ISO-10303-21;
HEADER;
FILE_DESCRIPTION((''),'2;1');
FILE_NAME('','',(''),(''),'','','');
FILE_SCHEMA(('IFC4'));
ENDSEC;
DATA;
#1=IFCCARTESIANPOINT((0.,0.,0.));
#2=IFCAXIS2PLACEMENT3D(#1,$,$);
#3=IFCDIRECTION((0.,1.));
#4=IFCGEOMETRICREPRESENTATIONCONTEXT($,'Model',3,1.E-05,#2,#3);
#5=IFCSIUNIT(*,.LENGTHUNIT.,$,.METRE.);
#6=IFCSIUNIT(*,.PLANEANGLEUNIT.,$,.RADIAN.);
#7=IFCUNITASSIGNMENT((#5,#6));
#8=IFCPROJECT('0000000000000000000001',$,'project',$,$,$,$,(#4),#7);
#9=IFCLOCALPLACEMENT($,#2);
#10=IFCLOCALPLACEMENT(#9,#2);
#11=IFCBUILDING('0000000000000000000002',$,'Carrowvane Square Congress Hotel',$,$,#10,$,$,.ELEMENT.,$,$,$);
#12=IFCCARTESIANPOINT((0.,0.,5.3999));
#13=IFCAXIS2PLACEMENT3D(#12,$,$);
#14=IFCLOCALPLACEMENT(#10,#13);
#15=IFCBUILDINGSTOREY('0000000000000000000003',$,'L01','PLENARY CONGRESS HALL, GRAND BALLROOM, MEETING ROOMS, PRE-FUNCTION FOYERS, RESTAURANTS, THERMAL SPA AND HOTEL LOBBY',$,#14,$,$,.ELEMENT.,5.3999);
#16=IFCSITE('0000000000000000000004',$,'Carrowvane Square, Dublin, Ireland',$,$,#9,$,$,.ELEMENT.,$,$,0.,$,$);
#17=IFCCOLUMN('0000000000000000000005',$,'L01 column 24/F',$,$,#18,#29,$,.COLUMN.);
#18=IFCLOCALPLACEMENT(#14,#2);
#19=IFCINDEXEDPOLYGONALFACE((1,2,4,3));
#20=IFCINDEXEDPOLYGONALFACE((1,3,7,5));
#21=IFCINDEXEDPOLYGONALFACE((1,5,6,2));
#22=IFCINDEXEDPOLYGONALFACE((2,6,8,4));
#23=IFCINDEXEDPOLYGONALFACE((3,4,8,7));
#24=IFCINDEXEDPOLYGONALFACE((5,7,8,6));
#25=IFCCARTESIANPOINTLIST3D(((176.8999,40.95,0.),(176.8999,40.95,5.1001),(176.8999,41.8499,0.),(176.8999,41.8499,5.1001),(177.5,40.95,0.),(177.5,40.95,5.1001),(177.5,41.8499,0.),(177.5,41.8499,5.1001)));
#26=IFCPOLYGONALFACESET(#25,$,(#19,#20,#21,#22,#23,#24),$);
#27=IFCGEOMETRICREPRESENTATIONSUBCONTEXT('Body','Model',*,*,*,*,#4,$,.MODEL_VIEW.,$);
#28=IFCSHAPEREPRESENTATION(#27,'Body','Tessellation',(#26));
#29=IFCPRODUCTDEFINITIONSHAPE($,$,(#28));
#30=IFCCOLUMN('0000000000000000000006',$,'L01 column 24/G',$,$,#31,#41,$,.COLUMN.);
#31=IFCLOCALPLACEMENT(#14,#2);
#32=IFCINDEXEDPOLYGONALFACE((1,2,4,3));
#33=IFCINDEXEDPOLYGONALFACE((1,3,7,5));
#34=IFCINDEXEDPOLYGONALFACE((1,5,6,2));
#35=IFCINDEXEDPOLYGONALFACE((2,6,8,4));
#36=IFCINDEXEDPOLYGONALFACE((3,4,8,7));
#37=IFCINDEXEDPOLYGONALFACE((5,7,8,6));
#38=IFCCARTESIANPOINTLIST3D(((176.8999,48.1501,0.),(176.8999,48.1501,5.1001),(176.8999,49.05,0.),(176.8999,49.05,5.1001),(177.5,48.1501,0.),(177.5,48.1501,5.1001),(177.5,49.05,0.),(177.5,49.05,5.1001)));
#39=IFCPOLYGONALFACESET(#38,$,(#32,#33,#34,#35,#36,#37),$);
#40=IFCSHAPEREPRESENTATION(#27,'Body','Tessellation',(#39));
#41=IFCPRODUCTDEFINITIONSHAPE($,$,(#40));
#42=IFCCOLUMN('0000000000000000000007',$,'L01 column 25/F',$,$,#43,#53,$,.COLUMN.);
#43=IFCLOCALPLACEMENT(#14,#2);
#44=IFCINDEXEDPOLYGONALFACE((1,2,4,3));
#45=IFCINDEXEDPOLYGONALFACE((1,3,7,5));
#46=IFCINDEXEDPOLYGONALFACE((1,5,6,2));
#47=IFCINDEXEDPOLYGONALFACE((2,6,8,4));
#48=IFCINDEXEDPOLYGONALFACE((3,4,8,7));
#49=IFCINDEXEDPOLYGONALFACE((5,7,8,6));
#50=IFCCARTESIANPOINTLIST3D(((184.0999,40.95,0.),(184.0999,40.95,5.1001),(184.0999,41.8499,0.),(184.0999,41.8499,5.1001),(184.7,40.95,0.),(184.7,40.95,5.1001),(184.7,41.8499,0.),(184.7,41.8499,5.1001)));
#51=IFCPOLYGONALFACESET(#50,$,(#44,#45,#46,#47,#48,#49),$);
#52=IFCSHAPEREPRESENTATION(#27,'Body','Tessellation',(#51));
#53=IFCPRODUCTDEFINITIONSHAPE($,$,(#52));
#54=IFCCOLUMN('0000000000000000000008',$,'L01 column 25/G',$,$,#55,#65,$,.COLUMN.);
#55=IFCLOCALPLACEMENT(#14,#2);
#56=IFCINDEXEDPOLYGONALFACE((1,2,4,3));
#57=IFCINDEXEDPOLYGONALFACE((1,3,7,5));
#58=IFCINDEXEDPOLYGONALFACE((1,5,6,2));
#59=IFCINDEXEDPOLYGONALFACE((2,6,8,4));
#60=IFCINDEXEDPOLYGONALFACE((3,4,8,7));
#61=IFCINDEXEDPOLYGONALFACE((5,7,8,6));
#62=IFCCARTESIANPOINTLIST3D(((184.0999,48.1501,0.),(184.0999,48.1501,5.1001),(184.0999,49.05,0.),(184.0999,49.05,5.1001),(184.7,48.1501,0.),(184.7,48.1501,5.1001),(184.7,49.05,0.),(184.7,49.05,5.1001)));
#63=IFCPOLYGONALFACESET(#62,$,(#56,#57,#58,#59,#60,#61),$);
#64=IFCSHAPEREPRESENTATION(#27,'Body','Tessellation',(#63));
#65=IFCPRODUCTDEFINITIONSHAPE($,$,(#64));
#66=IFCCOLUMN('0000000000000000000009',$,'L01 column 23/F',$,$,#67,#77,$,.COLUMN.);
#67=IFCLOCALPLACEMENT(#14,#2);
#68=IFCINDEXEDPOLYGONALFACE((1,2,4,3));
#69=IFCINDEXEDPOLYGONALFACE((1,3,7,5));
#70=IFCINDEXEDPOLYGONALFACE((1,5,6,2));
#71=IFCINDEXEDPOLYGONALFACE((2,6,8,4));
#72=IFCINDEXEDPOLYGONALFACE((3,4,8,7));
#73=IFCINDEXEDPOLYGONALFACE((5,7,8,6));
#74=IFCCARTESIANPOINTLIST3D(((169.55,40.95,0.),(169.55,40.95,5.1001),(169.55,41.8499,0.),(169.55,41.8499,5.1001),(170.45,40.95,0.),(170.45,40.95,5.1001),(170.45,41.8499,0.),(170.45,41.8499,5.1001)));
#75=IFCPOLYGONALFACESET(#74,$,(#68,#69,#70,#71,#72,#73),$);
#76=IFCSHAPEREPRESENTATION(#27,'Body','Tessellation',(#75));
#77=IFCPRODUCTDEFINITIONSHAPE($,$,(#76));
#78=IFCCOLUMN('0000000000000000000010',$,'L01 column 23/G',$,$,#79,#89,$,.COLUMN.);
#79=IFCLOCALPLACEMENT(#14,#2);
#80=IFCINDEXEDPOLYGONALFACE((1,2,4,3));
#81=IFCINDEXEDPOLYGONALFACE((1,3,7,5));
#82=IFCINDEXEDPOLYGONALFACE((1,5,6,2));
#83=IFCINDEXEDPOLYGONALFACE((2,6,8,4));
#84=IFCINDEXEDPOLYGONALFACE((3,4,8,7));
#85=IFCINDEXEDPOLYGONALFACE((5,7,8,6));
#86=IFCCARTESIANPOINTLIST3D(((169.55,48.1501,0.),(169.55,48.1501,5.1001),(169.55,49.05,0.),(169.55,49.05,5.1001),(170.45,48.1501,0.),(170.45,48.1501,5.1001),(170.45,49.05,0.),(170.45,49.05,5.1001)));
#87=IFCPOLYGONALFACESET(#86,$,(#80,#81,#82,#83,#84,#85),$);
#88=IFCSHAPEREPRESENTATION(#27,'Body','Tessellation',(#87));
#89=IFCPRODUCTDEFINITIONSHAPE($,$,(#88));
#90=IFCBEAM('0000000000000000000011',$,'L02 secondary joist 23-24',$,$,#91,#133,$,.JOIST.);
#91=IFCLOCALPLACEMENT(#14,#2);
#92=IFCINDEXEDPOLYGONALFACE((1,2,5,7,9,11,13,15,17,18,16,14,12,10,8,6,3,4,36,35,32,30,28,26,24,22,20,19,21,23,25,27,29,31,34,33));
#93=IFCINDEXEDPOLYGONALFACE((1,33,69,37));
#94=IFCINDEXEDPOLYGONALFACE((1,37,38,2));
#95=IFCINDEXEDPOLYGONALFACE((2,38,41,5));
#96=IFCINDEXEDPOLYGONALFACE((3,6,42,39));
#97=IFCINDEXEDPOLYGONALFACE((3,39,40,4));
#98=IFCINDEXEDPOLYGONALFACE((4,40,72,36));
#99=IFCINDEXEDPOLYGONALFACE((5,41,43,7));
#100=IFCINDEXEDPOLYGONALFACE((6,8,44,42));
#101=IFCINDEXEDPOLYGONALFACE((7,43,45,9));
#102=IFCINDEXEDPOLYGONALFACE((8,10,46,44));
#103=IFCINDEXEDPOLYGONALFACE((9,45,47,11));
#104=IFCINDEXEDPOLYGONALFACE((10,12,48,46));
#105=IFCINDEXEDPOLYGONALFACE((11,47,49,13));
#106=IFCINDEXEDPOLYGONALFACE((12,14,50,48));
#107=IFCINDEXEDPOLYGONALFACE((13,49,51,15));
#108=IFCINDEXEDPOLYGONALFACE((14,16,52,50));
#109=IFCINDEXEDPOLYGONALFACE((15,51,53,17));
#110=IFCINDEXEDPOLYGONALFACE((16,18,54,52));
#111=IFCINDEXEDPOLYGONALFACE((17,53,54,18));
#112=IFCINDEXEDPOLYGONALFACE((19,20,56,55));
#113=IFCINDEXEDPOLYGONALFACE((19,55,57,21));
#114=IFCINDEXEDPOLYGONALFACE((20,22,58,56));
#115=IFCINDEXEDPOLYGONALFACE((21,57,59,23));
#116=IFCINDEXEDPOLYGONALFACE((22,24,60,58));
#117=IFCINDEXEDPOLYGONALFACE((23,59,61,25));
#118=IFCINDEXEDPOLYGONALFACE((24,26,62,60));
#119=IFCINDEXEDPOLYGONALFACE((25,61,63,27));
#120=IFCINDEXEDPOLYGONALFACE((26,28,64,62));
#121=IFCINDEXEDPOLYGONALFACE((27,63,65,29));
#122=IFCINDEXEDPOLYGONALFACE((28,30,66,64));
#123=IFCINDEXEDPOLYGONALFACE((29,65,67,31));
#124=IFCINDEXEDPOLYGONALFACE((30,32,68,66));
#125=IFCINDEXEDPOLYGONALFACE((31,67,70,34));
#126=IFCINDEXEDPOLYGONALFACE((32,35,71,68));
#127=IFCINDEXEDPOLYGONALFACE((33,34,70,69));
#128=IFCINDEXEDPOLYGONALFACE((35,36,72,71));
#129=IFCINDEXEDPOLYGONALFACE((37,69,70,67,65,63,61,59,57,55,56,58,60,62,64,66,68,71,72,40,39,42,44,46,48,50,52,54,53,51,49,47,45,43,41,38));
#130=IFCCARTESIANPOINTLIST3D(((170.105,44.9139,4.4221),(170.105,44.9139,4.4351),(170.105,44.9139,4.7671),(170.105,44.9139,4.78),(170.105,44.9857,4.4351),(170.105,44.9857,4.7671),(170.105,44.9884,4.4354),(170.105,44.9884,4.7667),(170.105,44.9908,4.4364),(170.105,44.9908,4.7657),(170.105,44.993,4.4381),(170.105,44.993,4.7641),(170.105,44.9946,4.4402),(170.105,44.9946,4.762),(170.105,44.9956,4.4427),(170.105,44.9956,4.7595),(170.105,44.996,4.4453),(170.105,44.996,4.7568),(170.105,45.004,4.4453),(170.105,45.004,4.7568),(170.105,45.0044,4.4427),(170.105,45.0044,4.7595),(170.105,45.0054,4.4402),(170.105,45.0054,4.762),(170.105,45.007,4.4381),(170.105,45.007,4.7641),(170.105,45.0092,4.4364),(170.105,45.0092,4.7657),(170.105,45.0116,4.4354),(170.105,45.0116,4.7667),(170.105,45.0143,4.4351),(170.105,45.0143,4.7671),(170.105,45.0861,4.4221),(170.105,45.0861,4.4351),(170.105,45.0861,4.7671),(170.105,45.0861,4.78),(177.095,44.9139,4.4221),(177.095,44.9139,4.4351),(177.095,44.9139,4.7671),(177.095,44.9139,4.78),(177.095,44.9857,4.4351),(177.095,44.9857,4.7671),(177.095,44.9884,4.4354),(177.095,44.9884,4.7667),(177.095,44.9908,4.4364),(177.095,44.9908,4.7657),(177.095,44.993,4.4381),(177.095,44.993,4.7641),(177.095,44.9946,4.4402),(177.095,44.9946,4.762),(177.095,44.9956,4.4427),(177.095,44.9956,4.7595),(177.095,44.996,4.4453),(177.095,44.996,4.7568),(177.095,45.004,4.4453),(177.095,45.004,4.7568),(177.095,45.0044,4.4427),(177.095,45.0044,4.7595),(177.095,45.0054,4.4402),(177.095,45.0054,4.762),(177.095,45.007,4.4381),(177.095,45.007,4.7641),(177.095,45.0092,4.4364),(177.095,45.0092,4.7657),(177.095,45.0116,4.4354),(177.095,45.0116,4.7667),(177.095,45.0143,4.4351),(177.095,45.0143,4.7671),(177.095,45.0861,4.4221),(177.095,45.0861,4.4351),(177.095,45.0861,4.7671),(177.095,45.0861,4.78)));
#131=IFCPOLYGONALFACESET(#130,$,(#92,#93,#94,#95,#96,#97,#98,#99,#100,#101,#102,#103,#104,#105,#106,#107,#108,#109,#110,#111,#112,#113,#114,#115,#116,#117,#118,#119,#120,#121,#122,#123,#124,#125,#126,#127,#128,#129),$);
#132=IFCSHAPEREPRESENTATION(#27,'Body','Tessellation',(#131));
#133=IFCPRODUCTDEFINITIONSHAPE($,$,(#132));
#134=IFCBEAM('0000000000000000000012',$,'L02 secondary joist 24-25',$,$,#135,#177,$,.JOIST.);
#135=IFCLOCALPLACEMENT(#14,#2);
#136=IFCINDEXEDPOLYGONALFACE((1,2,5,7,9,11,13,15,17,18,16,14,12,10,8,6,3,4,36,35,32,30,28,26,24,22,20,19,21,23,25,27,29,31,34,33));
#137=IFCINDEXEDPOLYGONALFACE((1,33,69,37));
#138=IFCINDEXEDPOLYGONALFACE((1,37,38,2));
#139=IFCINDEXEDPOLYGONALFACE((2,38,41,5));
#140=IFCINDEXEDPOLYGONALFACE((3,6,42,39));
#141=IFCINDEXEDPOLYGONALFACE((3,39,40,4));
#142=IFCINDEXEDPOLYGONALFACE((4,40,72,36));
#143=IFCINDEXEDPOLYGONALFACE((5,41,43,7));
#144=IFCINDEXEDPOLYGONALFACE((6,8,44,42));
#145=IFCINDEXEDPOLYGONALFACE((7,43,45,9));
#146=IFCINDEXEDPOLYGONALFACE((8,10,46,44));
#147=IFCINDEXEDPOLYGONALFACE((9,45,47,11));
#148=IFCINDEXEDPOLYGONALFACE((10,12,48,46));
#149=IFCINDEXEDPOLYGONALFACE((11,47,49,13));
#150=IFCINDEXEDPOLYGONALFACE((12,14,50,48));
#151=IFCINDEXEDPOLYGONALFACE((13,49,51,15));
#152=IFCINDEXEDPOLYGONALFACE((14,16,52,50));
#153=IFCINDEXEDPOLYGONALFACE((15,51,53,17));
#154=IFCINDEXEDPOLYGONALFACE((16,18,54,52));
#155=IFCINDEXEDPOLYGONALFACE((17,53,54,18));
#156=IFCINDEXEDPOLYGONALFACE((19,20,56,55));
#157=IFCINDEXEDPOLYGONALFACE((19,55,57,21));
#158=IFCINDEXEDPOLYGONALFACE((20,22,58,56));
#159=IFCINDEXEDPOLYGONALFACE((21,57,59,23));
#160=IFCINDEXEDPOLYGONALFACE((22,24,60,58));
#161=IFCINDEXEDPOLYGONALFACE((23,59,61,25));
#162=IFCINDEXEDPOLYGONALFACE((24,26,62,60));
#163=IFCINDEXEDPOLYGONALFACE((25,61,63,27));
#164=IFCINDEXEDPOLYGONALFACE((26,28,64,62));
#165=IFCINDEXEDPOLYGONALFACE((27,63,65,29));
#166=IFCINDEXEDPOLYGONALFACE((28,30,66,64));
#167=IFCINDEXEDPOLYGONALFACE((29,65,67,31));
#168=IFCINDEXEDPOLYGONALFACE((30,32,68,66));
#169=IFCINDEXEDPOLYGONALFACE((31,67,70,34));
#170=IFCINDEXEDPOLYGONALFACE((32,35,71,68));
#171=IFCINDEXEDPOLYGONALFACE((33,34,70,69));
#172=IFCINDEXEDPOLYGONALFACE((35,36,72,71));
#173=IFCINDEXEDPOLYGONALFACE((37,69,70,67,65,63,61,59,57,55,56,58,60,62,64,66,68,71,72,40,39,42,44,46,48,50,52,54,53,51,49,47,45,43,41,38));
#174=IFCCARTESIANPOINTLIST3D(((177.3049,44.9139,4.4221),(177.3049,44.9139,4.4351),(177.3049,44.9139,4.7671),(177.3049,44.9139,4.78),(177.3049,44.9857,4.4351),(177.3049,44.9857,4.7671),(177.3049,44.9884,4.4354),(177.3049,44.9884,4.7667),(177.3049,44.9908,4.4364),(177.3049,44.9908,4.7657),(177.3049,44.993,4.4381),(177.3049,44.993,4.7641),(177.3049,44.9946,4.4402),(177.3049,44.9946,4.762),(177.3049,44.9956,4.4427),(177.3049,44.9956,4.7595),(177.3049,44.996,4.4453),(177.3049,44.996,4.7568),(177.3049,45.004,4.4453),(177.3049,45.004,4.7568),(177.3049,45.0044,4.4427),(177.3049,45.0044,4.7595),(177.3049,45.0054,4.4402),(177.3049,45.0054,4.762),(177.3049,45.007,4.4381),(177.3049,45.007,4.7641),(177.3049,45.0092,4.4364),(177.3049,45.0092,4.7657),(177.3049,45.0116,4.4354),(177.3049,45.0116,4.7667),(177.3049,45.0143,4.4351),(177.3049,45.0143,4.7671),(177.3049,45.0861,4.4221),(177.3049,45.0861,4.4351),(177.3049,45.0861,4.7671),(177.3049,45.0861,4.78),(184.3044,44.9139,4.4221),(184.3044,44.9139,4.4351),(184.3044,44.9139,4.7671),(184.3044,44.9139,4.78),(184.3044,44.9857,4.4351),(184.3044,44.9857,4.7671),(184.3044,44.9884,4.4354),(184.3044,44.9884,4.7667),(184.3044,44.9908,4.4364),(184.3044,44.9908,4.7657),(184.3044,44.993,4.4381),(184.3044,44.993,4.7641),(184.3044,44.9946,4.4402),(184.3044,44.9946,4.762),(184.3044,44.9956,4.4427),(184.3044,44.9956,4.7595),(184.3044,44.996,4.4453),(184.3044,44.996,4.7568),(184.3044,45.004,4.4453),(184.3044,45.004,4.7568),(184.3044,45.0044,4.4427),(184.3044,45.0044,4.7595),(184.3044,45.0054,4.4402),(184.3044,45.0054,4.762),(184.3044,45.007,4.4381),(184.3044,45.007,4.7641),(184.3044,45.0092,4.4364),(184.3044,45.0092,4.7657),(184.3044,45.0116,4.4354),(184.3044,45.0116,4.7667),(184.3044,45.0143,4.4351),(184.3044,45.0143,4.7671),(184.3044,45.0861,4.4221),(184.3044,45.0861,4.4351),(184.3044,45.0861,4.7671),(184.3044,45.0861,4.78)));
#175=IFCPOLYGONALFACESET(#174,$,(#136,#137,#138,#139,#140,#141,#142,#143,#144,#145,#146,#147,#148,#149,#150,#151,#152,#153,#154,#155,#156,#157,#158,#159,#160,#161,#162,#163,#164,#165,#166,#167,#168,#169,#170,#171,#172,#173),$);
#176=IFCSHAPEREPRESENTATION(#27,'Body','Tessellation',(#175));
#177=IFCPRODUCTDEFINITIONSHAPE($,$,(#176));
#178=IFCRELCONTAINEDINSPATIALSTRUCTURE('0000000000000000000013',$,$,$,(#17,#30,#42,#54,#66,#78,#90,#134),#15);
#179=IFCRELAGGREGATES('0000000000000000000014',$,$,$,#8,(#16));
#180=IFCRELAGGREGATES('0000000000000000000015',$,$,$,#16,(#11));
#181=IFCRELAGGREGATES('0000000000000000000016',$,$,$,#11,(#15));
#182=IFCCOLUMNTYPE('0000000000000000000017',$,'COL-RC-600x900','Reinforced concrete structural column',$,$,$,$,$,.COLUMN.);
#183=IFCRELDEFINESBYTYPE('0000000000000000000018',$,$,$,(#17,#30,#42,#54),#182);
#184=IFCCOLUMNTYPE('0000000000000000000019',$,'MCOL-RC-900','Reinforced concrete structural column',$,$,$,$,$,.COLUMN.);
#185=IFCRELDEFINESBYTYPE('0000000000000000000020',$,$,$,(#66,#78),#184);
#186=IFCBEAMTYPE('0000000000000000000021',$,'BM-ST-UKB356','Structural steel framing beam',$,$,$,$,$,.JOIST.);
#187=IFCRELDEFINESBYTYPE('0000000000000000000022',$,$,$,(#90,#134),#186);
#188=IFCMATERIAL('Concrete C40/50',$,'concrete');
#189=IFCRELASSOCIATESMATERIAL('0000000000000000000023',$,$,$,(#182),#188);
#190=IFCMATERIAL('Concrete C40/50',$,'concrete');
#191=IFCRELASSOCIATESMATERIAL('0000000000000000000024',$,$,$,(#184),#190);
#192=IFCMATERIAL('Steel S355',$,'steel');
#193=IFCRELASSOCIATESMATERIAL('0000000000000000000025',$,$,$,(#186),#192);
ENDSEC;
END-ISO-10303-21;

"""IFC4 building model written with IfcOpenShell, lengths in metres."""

from ifc_helpers import new_model, si_unit, direction, frame, origin, origin_2d, place, context, subcontext, project, spatial, rectangle, i_section, extrude, material, material_profile, profile_set, type_object, element, save


model = new_model("IFC4")

# Units and contexts
model_context = context("Model", 3, precision=1e-05, world=origin(), true_north=direction((0.0, 1.0)))
body_context = subcontext(model_context, "Body", "Model", "MODEL_VIEW")
ifc_project = project(units=[si_unit("LENGTHUNIT", "METRE"), si_unit("PLANEANGLEUNIT", "RADIAN")], contexts=[model_context])

# Site, building, storey
site_placement = place(None, origin())
site = spatial("IfcSite", under=ifc_project, at=site_placement, Name="Carrowvane Square, Dublin, Ireland", CompositionType="ELEMENT", RefElevation=0.0)
building_placement = place(site_placement, origin())
building = spatial("IfcBuilding", under=site, at=building_placement, Name="Carrowvane Square Congress Hotel", CompositionType="ELEMENT")
storey_placement = place(building_placement, frame((0.0, 0.0, 5.3999)))
storey = spatial("IfcBuildingStorey", under=building, at=storey_placement, Name="L01", Description="PLENARY CONGRESS HALL, GRAND BALLROOM, MEETING ROOMS, PRE-FUNCTION FOYERS, RESTAURANTS, THERMAL SPA AND HOTEL LOBBY", CompositionType="ELEMENT", Elevation=5.3999)

# Columns
ifc_material_1 = material(Name="Concrete C40/50", Category="concrete")
ifc_material_profile_1 = material_profile(ifc_material_1, rectangle(XDim=0.6001, YDim=0.8999, at=origin_2d()), Name="RC 600x900")
ifc_profile_set_1 = profile_set([ifc_material_profile_1], Name="Concrete C40/50")
column_type_1 = type_object("IfcColumnType", Name="COL-RC-600x900", Description="Reinforced concrete structural column", PredefinedType="COLUMN", material=ifc_profile_set_1)
for number, where, z_axis, x_axis, name in (
    (1, (177.2, 41.3999, 0.0), (0.0, 0.0, 1.0), (1.0, 0.0, 0.0), "L01 column 24/F"),
    (2, (177.2, 48.6001, 0.0), (0.0, 0.0, 1.0), (1.0, 0.0, 0.0), "L01 column 24/G"),
    (3, (184.3999, 41.3999, 0.0), (0.0, 0.0, 1.0), (1.0, 0.0, 0.0), "L01 column 25/F"),
    (4, (184.3999, 48.6001, 0.0), (0.0, 0.0, 1.0), (1.0, 0.0, 0.0), "L01 column 25/G"),
):
    element("IfcColumn", number, at=place(storey_placement, frame(where, z_axis=z_axis, x_axis=x_axis)), inside=storey, type_object=column_type_1, Name=name, PredefinedType="COLUMN", context=body_context, shape_type="SweptSolid", body=[
        extrude(rectangle(XDim=0.6001, YDim=0.8999, at=origin_2d()), origin(), (0.0, 0.0, 1.0), 5.1001),
    ])
ifc_material_2 = material(Name="Concrete C40/50", Category="concrete")
ifc_material_profile_2 = material_profile(ifc_material_2, rectangle(XDim=0.8999, YDim=0.8999, at=origin_2d()), Name="RC 900x900")
ifc_profile_set_2 = profile_set([ifc_material_profile_2], Name="Concrete C40/50")
column_type_2 = type_object("IfcColumnType", Name="MCOL-RC-900", Description="Reinforced concrete structural column", PredefinedType="COLUMN", material=ifc_profile_set_2)
for number, where, z_axis, x_axis, name in (
    (5, (170.0, 41.3999, 0.0), (0.0, 0.0, 1.0), (1.0, 0.0, 0.0), "L01 column 23/F"),
    (6, (170.0, 48.6001, 0.0), (0.0, 0.0, 1.0), (1.0, 0.0, 0.0), "L01 column 23/G"),
):
    element("IfcColumn", number, at=place(storey_placement, frame(where, z_axis=z_axis, x_axis=x_axis)), inside=storey, type_object=column_type_2, Name=name, PredefinedType="COLUMN", context=body_context, shape_type="SweptSolid", body=[
        extrude(rectangle(XDim=0.8999, YDim=0.8999, at=origin_2d()), origin(), (0.0, 0.0, 1.0), 5.1001),
    ])

# Beams
ifc_material_3 = material(Name="Steel S355", Category="steel")
ifc_material_profile_3 = material_profile(ifc_material_3, i_section(OverallWidth=0.1721, OverallDepth=0.3579, WebThickness=0.0081, FlangeThickness=0.0129, FilletRadius=0.0103, at=origin_2d()), Name="UKB 356x171x57")
ifc_profile_set_3 = profile_set([ifc_material_profile_3], Name="Steel S355")
beam_type_1 = type_object("IfcBeamType", Name="BM-ST-UKB356", Description="Structural steel framing beam", PredefinedType="JOIST", material=ifc_profile_set_3)
beam_1_placement = place(storey_placement, frame((170.105, 45.0, 4.6011), z_axis=(1.0, 0.0, 0.0), x_axis=(0.0, 1.0, 0.0)))
element("IfcBeam", 7, at=beam_1_placement, inside=storey, type_object=beam_type_1, Name="L02 secondary joist 23-24", PredefinedType="JOIST", context=body_context, shape_type="SweptSolid", body=[
    extrude(i_section(OverallWidth=0.1721, OverallDepth=0.3579, WebThickness=0.0081, FlangeThickness=0.0129, FilletRadius=0.0103, at=origin_2d()), origin(), (0.0, 0.0, 1.0), 6.99),
])
beam_2_placement = place(storey_placement, frame((177.3049, 45.0, 4.6011), z_axis=(1.0, 0.0, 0.0), x_axis=(0.0, 1.0, 0.0)))
element("IfcBeam", 8, at=beam_2_placement, inside=storey, type_object=beam_type_1, Name="L02 secondary joist 24-25", PredefinedType="JOIST", context=body_context, shape_type="SweptSolid", body=[
    extrude(i_section(OverallWidth=0.1721, OverallDepth=0.3579, WebThickness=0.0081, FlangeThickness=0.0129, FilletRadius=0.0103, at=origin_2d()), origin(), (0.0, 0.0, 1.0), 6.9995),
])

save(model, "model.ifc")
